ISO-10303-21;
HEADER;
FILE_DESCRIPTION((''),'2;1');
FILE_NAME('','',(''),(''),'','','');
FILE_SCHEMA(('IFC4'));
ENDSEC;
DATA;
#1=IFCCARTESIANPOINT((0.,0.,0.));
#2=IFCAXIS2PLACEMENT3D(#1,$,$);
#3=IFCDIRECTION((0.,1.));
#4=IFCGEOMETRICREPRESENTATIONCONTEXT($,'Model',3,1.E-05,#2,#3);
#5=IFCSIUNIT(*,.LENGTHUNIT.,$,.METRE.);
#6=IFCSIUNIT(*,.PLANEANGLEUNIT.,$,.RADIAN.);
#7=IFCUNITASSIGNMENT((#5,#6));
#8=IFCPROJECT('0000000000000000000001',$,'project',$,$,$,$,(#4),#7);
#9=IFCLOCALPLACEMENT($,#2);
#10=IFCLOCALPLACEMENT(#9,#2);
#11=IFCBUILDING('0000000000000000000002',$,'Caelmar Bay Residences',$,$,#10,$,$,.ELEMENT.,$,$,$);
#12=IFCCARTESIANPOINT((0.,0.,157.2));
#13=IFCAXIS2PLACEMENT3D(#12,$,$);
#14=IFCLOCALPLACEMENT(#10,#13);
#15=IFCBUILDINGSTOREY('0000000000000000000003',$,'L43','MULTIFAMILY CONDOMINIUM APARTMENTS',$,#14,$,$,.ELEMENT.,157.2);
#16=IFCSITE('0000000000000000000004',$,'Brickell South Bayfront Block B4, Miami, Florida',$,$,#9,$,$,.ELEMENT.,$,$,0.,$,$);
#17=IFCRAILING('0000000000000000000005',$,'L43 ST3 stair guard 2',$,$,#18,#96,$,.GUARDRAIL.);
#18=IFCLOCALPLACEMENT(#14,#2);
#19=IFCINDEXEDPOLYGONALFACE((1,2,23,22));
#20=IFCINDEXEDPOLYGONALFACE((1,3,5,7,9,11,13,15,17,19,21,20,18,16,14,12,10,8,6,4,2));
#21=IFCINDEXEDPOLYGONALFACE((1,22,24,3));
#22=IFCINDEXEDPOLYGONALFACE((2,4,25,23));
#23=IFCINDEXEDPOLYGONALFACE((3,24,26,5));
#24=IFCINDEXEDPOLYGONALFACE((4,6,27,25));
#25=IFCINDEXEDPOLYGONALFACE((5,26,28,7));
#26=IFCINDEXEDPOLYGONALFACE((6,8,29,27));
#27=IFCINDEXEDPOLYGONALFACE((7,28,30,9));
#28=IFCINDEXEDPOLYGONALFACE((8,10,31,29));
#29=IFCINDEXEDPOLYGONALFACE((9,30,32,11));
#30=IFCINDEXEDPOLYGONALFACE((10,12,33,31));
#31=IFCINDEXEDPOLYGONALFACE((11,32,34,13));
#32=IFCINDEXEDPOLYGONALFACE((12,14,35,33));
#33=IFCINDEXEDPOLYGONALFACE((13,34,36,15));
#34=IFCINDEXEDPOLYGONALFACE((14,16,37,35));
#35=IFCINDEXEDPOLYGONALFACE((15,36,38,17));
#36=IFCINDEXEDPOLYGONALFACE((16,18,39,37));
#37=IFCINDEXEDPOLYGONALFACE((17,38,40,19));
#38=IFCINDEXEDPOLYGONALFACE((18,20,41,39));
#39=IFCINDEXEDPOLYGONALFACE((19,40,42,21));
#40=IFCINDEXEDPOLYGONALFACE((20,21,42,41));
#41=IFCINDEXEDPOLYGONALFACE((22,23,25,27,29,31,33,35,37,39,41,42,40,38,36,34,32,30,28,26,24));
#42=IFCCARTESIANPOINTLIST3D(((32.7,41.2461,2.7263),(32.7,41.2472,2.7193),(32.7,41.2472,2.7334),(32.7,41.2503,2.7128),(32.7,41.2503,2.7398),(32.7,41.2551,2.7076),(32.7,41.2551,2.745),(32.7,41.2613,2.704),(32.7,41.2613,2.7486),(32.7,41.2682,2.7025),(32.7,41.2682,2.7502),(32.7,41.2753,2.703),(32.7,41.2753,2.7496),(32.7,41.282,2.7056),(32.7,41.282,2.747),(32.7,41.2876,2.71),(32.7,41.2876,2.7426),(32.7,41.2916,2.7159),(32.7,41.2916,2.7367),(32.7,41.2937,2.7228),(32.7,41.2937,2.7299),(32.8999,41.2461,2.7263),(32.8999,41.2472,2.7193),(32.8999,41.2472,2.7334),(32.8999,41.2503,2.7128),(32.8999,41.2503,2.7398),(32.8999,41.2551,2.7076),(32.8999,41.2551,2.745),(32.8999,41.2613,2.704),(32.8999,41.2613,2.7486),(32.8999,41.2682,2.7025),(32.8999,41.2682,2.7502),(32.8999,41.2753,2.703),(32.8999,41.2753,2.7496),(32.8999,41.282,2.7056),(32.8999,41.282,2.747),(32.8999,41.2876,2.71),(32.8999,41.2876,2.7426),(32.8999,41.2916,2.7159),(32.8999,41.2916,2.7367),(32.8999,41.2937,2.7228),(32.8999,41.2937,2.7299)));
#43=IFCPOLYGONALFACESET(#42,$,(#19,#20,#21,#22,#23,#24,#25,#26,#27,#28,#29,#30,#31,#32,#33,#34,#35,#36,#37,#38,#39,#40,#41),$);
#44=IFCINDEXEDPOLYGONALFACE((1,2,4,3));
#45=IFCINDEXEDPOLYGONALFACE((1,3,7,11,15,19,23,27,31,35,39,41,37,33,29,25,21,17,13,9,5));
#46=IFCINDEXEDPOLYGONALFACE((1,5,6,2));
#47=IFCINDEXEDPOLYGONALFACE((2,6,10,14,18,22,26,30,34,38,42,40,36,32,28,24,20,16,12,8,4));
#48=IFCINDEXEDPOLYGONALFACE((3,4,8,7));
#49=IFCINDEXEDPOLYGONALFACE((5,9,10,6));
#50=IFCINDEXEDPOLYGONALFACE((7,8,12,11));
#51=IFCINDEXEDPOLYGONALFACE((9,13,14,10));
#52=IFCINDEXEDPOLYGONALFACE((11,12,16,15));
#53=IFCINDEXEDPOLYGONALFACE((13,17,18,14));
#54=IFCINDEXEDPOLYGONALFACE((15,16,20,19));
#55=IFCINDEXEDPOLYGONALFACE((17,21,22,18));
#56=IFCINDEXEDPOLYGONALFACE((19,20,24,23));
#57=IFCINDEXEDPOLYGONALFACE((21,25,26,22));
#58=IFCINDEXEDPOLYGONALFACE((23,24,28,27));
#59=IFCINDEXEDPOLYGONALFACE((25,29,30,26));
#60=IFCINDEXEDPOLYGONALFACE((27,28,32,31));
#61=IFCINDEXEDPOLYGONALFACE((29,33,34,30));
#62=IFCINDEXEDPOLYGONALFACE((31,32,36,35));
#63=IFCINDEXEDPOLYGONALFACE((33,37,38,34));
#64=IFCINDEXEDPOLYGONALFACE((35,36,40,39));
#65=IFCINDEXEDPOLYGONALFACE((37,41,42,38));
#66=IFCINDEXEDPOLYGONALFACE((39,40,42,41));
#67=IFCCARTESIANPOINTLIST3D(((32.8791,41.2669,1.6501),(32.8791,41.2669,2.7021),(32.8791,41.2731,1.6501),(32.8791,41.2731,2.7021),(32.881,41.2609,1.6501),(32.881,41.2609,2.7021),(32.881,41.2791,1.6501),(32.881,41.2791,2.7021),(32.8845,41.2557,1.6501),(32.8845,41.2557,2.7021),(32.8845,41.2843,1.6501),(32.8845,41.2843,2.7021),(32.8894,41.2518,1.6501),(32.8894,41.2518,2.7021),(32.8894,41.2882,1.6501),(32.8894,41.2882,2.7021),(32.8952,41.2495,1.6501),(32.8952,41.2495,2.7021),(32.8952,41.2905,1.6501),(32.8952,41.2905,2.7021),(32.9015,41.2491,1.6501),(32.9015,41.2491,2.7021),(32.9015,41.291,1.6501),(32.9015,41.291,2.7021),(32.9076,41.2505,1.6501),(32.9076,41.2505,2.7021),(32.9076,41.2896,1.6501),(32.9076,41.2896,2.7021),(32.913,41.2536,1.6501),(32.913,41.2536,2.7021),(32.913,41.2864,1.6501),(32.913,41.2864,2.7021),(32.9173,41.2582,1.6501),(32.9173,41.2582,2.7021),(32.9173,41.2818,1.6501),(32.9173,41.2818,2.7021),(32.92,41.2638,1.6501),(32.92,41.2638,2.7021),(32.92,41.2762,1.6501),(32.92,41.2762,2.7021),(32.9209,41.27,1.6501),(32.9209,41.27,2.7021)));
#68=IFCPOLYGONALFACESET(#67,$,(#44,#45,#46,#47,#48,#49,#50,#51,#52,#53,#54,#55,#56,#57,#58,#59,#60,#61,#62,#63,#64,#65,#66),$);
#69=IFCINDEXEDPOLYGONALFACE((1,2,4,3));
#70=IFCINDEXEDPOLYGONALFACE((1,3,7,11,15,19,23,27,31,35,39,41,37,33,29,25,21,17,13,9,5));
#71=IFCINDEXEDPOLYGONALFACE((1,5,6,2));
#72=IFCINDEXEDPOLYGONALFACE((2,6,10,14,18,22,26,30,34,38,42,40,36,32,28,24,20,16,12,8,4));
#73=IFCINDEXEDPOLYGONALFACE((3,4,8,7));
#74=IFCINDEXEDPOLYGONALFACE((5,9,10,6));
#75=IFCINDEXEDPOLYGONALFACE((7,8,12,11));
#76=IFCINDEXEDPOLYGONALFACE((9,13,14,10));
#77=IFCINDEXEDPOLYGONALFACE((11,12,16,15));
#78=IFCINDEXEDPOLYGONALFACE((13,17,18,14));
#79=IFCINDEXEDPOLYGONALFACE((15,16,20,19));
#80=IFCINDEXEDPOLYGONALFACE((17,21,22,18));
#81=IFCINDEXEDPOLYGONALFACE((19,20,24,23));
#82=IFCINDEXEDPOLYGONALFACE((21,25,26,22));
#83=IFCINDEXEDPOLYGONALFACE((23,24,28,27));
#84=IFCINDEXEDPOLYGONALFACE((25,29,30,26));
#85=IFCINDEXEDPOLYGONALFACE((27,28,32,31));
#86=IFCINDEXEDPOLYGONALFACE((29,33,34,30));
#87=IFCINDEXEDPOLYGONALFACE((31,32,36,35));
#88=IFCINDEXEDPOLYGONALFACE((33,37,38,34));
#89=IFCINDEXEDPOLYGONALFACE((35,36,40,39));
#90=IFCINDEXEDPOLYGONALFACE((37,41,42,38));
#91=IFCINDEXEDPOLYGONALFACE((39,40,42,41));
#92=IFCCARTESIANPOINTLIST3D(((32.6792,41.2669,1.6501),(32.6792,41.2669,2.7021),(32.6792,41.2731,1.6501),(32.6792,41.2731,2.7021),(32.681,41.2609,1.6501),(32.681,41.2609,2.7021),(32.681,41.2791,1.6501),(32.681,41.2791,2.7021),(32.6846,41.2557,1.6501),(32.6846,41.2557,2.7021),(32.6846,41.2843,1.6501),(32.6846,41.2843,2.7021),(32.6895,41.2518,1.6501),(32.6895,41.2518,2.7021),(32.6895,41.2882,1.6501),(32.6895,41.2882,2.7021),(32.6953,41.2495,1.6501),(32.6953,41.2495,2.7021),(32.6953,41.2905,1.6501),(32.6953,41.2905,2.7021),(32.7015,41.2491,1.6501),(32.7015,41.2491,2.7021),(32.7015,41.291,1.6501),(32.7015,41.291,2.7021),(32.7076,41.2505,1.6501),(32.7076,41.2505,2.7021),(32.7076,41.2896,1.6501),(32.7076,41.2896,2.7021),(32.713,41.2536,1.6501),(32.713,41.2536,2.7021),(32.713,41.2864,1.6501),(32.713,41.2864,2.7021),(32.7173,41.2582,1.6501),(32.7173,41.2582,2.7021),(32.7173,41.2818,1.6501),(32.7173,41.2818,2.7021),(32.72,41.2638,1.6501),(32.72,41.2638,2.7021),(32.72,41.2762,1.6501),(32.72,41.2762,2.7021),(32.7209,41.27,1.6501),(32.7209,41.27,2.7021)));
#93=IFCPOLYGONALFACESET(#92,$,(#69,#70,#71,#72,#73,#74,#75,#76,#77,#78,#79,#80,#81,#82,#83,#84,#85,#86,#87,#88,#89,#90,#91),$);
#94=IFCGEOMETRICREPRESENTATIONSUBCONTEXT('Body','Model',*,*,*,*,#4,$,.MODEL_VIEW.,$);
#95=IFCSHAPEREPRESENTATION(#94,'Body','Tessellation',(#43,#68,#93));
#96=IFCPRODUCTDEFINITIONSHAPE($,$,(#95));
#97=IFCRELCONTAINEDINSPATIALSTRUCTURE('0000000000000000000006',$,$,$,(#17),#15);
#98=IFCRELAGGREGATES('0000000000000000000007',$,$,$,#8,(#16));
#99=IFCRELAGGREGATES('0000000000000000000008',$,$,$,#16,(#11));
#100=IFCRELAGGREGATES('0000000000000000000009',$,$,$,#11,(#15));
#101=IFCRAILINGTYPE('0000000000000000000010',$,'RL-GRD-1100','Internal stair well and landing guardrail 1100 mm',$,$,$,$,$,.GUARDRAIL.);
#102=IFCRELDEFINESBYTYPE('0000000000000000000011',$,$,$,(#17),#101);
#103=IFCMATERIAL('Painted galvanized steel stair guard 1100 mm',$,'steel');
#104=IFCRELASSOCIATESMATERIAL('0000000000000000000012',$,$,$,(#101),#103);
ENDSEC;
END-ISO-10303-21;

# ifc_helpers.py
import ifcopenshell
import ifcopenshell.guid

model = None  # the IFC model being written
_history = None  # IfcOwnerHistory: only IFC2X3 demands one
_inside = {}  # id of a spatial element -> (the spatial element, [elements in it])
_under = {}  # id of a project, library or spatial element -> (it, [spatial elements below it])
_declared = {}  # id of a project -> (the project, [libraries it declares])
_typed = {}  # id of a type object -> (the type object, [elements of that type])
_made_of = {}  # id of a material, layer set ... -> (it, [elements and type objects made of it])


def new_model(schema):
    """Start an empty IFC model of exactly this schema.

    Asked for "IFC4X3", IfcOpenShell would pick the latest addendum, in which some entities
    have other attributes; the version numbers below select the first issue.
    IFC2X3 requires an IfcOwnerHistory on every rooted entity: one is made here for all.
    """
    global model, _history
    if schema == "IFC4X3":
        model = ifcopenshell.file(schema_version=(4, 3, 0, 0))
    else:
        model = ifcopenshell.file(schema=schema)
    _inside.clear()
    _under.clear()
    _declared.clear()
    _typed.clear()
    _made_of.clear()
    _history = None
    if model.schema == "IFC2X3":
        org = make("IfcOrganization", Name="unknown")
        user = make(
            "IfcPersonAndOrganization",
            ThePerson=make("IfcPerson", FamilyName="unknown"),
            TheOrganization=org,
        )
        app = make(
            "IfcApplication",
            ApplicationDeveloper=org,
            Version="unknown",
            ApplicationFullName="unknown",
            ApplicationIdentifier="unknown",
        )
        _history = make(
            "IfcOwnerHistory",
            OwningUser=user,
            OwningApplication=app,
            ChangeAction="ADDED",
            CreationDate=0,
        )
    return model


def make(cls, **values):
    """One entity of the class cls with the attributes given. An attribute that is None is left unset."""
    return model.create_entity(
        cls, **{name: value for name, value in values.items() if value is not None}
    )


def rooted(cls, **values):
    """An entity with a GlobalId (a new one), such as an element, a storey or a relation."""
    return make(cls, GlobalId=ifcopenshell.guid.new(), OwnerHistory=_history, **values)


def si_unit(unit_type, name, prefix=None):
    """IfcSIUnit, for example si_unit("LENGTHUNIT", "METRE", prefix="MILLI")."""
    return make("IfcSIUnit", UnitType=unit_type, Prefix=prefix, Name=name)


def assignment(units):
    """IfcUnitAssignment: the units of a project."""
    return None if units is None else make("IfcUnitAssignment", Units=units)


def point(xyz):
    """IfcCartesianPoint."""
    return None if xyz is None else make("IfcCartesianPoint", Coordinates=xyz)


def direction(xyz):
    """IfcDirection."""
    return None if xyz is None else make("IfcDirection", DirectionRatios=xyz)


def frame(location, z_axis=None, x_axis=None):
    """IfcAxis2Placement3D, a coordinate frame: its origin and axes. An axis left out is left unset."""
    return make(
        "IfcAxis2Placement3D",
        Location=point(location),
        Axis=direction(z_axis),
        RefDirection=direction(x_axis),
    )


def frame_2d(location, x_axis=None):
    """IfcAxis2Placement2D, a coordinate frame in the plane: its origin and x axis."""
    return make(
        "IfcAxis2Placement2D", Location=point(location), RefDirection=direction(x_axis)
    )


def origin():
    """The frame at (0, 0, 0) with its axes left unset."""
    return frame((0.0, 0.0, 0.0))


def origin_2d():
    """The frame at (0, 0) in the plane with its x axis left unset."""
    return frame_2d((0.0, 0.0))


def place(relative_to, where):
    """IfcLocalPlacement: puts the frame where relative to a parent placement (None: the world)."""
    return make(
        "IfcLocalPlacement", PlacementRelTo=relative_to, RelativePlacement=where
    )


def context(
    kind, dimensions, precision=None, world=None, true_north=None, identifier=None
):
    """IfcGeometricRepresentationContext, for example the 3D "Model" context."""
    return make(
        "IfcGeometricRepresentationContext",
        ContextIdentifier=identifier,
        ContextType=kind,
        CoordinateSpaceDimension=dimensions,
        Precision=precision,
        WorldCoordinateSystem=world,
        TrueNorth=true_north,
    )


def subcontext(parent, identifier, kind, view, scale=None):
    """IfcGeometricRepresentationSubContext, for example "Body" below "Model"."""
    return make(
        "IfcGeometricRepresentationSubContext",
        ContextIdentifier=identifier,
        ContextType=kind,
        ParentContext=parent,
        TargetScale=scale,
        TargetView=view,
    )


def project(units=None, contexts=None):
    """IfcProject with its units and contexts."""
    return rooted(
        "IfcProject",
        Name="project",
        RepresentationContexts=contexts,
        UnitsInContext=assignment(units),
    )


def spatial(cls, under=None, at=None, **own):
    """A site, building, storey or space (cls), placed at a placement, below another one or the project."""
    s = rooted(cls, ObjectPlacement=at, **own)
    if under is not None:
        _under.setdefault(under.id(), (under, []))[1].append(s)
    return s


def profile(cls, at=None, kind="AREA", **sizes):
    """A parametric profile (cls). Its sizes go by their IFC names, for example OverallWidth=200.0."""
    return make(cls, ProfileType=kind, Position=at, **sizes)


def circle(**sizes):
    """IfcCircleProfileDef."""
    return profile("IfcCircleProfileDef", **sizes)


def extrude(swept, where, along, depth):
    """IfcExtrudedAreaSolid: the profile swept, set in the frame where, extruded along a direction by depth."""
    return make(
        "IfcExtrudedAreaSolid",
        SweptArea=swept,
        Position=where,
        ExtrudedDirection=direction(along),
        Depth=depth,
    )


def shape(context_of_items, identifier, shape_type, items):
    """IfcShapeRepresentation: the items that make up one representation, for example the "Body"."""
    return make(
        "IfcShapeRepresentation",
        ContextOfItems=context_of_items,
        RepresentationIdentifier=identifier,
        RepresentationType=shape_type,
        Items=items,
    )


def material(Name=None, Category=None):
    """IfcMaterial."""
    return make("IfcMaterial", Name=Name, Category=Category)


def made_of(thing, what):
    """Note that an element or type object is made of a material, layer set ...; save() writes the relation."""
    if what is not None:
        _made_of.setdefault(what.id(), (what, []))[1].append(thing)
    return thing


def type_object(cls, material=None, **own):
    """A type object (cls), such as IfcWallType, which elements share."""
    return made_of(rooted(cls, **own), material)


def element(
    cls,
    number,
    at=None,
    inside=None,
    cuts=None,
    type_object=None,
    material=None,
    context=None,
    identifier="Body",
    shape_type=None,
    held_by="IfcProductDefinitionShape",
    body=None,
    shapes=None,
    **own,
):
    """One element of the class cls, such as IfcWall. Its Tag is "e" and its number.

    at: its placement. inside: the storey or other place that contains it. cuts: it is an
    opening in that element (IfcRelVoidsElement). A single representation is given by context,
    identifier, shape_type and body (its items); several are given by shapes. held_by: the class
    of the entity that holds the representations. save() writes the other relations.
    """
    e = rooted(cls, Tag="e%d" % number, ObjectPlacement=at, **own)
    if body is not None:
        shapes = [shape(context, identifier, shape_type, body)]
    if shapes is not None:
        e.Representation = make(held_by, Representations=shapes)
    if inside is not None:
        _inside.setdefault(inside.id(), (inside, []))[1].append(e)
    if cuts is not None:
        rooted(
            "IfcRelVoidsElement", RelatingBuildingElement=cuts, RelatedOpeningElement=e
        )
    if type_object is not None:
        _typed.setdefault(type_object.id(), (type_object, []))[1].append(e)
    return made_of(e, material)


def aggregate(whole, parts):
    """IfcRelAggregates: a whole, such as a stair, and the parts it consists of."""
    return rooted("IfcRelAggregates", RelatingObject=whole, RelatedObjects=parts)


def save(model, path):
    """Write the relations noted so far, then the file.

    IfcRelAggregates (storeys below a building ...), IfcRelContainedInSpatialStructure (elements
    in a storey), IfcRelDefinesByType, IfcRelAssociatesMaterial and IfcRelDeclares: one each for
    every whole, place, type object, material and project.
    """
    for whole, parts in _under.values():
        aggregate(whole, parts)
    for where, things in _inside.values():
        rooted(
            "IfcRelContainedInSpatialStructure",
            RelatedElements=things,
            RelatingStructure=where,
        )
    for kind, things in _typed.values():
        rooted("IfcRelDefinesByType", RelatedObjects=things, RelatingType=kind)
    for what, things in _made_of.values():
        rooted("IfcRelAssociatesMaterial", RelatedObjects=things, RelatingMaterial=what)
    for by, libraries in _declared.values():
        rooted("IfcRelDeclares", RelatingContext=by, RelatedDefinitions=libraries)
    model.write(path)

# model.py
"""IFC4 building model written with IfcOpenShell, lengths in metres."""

from ifc_helpers import new_model, si_unit, direction, frame, origin, origin_2d, place, context, subcontext, project, spatial, circle, extrude, material, type_object, element, save


model = new_model("IFC4")

# Units and contexts
model_context = context("Model", 3, precision=1e-05, world=origin(), true_north=direction((0.0, 1.0)))
body_context = subcontext(model_context, "Body", "Model", "MODEL_VIEW")
ifc_project = project(units=[si_unit("LENGTHUNIT", "METRE"), si_unit("PLANEANGLEUNIT", "RADIAN")], contexts=[model_context])

# Site, building, storey
site_placement = place(None, origin())
site = spatial("IfcSite", under=ifc_project, at=site_placement, Name="Brickell South Bayfront Block B4, Miami, Florida", CompositionType="ELEMENT", RefElevation=0.0)
building_placement = place(site_placement, origin())
building = spatial("IfcBuilding", under=site, at=building_placement, Name="Caelmar Bay Residences", CompositionType="ELEMENT")
storey_placement = place(building_placement, frame((0.0, 0.0, 157.2)))
storey = spatial("IfcBuildingStorey", under=building, at=storey_placement, Name="L43", Description="MULTIFAMILY CONDOMINIUM APARTMENTS", CompositionType="ELEMENT", Elevation=157.2)

# Railing
ifc_material_1 = material(Name="Painted galvanized steel stair guard 1100 mm", Category="steel")
railing_type_1 = type_object("IfcRailingType", Name="RL-GRD-1100", Description="Internal stair well and landing guardrail 1100 mm", PredefinedType="GUARDRAIL", material=ifc_material_1)
railing_1_placement = place(storey_placement, frame((32.8999, 41.27, 1.6501)))
element("IfcRailing", 1, at=railing_1_placement, inside=storey, type_object=railing_type_1, Name="L43 ST3 stair guard 2", PredefinedType="GUARDRAIL", context=body_context, shape_type="SweptSolid", body=[
    extrude(circle(Radius=0.0239, at=origin_2d()), frame((0.0, 0.0, 1.0762), z_axis=(-1.0, 0.0, 0.0), x_axis=(0.0, -1.0, 0.0)), (0.0, 0.0, 1.0), 0.2),
    extrude(circle(Radius=0.021, at=origin_2d()), origin(), (0.0, 0.0, 1.0), 1.052),
    extrude(circle(Radius=0.021, at=origin_2d()), frame((-0.2, 0.0, 0.0)), (0.0, 0.0, 1.0), 1.052),
])

save(model, "model.ifc")
